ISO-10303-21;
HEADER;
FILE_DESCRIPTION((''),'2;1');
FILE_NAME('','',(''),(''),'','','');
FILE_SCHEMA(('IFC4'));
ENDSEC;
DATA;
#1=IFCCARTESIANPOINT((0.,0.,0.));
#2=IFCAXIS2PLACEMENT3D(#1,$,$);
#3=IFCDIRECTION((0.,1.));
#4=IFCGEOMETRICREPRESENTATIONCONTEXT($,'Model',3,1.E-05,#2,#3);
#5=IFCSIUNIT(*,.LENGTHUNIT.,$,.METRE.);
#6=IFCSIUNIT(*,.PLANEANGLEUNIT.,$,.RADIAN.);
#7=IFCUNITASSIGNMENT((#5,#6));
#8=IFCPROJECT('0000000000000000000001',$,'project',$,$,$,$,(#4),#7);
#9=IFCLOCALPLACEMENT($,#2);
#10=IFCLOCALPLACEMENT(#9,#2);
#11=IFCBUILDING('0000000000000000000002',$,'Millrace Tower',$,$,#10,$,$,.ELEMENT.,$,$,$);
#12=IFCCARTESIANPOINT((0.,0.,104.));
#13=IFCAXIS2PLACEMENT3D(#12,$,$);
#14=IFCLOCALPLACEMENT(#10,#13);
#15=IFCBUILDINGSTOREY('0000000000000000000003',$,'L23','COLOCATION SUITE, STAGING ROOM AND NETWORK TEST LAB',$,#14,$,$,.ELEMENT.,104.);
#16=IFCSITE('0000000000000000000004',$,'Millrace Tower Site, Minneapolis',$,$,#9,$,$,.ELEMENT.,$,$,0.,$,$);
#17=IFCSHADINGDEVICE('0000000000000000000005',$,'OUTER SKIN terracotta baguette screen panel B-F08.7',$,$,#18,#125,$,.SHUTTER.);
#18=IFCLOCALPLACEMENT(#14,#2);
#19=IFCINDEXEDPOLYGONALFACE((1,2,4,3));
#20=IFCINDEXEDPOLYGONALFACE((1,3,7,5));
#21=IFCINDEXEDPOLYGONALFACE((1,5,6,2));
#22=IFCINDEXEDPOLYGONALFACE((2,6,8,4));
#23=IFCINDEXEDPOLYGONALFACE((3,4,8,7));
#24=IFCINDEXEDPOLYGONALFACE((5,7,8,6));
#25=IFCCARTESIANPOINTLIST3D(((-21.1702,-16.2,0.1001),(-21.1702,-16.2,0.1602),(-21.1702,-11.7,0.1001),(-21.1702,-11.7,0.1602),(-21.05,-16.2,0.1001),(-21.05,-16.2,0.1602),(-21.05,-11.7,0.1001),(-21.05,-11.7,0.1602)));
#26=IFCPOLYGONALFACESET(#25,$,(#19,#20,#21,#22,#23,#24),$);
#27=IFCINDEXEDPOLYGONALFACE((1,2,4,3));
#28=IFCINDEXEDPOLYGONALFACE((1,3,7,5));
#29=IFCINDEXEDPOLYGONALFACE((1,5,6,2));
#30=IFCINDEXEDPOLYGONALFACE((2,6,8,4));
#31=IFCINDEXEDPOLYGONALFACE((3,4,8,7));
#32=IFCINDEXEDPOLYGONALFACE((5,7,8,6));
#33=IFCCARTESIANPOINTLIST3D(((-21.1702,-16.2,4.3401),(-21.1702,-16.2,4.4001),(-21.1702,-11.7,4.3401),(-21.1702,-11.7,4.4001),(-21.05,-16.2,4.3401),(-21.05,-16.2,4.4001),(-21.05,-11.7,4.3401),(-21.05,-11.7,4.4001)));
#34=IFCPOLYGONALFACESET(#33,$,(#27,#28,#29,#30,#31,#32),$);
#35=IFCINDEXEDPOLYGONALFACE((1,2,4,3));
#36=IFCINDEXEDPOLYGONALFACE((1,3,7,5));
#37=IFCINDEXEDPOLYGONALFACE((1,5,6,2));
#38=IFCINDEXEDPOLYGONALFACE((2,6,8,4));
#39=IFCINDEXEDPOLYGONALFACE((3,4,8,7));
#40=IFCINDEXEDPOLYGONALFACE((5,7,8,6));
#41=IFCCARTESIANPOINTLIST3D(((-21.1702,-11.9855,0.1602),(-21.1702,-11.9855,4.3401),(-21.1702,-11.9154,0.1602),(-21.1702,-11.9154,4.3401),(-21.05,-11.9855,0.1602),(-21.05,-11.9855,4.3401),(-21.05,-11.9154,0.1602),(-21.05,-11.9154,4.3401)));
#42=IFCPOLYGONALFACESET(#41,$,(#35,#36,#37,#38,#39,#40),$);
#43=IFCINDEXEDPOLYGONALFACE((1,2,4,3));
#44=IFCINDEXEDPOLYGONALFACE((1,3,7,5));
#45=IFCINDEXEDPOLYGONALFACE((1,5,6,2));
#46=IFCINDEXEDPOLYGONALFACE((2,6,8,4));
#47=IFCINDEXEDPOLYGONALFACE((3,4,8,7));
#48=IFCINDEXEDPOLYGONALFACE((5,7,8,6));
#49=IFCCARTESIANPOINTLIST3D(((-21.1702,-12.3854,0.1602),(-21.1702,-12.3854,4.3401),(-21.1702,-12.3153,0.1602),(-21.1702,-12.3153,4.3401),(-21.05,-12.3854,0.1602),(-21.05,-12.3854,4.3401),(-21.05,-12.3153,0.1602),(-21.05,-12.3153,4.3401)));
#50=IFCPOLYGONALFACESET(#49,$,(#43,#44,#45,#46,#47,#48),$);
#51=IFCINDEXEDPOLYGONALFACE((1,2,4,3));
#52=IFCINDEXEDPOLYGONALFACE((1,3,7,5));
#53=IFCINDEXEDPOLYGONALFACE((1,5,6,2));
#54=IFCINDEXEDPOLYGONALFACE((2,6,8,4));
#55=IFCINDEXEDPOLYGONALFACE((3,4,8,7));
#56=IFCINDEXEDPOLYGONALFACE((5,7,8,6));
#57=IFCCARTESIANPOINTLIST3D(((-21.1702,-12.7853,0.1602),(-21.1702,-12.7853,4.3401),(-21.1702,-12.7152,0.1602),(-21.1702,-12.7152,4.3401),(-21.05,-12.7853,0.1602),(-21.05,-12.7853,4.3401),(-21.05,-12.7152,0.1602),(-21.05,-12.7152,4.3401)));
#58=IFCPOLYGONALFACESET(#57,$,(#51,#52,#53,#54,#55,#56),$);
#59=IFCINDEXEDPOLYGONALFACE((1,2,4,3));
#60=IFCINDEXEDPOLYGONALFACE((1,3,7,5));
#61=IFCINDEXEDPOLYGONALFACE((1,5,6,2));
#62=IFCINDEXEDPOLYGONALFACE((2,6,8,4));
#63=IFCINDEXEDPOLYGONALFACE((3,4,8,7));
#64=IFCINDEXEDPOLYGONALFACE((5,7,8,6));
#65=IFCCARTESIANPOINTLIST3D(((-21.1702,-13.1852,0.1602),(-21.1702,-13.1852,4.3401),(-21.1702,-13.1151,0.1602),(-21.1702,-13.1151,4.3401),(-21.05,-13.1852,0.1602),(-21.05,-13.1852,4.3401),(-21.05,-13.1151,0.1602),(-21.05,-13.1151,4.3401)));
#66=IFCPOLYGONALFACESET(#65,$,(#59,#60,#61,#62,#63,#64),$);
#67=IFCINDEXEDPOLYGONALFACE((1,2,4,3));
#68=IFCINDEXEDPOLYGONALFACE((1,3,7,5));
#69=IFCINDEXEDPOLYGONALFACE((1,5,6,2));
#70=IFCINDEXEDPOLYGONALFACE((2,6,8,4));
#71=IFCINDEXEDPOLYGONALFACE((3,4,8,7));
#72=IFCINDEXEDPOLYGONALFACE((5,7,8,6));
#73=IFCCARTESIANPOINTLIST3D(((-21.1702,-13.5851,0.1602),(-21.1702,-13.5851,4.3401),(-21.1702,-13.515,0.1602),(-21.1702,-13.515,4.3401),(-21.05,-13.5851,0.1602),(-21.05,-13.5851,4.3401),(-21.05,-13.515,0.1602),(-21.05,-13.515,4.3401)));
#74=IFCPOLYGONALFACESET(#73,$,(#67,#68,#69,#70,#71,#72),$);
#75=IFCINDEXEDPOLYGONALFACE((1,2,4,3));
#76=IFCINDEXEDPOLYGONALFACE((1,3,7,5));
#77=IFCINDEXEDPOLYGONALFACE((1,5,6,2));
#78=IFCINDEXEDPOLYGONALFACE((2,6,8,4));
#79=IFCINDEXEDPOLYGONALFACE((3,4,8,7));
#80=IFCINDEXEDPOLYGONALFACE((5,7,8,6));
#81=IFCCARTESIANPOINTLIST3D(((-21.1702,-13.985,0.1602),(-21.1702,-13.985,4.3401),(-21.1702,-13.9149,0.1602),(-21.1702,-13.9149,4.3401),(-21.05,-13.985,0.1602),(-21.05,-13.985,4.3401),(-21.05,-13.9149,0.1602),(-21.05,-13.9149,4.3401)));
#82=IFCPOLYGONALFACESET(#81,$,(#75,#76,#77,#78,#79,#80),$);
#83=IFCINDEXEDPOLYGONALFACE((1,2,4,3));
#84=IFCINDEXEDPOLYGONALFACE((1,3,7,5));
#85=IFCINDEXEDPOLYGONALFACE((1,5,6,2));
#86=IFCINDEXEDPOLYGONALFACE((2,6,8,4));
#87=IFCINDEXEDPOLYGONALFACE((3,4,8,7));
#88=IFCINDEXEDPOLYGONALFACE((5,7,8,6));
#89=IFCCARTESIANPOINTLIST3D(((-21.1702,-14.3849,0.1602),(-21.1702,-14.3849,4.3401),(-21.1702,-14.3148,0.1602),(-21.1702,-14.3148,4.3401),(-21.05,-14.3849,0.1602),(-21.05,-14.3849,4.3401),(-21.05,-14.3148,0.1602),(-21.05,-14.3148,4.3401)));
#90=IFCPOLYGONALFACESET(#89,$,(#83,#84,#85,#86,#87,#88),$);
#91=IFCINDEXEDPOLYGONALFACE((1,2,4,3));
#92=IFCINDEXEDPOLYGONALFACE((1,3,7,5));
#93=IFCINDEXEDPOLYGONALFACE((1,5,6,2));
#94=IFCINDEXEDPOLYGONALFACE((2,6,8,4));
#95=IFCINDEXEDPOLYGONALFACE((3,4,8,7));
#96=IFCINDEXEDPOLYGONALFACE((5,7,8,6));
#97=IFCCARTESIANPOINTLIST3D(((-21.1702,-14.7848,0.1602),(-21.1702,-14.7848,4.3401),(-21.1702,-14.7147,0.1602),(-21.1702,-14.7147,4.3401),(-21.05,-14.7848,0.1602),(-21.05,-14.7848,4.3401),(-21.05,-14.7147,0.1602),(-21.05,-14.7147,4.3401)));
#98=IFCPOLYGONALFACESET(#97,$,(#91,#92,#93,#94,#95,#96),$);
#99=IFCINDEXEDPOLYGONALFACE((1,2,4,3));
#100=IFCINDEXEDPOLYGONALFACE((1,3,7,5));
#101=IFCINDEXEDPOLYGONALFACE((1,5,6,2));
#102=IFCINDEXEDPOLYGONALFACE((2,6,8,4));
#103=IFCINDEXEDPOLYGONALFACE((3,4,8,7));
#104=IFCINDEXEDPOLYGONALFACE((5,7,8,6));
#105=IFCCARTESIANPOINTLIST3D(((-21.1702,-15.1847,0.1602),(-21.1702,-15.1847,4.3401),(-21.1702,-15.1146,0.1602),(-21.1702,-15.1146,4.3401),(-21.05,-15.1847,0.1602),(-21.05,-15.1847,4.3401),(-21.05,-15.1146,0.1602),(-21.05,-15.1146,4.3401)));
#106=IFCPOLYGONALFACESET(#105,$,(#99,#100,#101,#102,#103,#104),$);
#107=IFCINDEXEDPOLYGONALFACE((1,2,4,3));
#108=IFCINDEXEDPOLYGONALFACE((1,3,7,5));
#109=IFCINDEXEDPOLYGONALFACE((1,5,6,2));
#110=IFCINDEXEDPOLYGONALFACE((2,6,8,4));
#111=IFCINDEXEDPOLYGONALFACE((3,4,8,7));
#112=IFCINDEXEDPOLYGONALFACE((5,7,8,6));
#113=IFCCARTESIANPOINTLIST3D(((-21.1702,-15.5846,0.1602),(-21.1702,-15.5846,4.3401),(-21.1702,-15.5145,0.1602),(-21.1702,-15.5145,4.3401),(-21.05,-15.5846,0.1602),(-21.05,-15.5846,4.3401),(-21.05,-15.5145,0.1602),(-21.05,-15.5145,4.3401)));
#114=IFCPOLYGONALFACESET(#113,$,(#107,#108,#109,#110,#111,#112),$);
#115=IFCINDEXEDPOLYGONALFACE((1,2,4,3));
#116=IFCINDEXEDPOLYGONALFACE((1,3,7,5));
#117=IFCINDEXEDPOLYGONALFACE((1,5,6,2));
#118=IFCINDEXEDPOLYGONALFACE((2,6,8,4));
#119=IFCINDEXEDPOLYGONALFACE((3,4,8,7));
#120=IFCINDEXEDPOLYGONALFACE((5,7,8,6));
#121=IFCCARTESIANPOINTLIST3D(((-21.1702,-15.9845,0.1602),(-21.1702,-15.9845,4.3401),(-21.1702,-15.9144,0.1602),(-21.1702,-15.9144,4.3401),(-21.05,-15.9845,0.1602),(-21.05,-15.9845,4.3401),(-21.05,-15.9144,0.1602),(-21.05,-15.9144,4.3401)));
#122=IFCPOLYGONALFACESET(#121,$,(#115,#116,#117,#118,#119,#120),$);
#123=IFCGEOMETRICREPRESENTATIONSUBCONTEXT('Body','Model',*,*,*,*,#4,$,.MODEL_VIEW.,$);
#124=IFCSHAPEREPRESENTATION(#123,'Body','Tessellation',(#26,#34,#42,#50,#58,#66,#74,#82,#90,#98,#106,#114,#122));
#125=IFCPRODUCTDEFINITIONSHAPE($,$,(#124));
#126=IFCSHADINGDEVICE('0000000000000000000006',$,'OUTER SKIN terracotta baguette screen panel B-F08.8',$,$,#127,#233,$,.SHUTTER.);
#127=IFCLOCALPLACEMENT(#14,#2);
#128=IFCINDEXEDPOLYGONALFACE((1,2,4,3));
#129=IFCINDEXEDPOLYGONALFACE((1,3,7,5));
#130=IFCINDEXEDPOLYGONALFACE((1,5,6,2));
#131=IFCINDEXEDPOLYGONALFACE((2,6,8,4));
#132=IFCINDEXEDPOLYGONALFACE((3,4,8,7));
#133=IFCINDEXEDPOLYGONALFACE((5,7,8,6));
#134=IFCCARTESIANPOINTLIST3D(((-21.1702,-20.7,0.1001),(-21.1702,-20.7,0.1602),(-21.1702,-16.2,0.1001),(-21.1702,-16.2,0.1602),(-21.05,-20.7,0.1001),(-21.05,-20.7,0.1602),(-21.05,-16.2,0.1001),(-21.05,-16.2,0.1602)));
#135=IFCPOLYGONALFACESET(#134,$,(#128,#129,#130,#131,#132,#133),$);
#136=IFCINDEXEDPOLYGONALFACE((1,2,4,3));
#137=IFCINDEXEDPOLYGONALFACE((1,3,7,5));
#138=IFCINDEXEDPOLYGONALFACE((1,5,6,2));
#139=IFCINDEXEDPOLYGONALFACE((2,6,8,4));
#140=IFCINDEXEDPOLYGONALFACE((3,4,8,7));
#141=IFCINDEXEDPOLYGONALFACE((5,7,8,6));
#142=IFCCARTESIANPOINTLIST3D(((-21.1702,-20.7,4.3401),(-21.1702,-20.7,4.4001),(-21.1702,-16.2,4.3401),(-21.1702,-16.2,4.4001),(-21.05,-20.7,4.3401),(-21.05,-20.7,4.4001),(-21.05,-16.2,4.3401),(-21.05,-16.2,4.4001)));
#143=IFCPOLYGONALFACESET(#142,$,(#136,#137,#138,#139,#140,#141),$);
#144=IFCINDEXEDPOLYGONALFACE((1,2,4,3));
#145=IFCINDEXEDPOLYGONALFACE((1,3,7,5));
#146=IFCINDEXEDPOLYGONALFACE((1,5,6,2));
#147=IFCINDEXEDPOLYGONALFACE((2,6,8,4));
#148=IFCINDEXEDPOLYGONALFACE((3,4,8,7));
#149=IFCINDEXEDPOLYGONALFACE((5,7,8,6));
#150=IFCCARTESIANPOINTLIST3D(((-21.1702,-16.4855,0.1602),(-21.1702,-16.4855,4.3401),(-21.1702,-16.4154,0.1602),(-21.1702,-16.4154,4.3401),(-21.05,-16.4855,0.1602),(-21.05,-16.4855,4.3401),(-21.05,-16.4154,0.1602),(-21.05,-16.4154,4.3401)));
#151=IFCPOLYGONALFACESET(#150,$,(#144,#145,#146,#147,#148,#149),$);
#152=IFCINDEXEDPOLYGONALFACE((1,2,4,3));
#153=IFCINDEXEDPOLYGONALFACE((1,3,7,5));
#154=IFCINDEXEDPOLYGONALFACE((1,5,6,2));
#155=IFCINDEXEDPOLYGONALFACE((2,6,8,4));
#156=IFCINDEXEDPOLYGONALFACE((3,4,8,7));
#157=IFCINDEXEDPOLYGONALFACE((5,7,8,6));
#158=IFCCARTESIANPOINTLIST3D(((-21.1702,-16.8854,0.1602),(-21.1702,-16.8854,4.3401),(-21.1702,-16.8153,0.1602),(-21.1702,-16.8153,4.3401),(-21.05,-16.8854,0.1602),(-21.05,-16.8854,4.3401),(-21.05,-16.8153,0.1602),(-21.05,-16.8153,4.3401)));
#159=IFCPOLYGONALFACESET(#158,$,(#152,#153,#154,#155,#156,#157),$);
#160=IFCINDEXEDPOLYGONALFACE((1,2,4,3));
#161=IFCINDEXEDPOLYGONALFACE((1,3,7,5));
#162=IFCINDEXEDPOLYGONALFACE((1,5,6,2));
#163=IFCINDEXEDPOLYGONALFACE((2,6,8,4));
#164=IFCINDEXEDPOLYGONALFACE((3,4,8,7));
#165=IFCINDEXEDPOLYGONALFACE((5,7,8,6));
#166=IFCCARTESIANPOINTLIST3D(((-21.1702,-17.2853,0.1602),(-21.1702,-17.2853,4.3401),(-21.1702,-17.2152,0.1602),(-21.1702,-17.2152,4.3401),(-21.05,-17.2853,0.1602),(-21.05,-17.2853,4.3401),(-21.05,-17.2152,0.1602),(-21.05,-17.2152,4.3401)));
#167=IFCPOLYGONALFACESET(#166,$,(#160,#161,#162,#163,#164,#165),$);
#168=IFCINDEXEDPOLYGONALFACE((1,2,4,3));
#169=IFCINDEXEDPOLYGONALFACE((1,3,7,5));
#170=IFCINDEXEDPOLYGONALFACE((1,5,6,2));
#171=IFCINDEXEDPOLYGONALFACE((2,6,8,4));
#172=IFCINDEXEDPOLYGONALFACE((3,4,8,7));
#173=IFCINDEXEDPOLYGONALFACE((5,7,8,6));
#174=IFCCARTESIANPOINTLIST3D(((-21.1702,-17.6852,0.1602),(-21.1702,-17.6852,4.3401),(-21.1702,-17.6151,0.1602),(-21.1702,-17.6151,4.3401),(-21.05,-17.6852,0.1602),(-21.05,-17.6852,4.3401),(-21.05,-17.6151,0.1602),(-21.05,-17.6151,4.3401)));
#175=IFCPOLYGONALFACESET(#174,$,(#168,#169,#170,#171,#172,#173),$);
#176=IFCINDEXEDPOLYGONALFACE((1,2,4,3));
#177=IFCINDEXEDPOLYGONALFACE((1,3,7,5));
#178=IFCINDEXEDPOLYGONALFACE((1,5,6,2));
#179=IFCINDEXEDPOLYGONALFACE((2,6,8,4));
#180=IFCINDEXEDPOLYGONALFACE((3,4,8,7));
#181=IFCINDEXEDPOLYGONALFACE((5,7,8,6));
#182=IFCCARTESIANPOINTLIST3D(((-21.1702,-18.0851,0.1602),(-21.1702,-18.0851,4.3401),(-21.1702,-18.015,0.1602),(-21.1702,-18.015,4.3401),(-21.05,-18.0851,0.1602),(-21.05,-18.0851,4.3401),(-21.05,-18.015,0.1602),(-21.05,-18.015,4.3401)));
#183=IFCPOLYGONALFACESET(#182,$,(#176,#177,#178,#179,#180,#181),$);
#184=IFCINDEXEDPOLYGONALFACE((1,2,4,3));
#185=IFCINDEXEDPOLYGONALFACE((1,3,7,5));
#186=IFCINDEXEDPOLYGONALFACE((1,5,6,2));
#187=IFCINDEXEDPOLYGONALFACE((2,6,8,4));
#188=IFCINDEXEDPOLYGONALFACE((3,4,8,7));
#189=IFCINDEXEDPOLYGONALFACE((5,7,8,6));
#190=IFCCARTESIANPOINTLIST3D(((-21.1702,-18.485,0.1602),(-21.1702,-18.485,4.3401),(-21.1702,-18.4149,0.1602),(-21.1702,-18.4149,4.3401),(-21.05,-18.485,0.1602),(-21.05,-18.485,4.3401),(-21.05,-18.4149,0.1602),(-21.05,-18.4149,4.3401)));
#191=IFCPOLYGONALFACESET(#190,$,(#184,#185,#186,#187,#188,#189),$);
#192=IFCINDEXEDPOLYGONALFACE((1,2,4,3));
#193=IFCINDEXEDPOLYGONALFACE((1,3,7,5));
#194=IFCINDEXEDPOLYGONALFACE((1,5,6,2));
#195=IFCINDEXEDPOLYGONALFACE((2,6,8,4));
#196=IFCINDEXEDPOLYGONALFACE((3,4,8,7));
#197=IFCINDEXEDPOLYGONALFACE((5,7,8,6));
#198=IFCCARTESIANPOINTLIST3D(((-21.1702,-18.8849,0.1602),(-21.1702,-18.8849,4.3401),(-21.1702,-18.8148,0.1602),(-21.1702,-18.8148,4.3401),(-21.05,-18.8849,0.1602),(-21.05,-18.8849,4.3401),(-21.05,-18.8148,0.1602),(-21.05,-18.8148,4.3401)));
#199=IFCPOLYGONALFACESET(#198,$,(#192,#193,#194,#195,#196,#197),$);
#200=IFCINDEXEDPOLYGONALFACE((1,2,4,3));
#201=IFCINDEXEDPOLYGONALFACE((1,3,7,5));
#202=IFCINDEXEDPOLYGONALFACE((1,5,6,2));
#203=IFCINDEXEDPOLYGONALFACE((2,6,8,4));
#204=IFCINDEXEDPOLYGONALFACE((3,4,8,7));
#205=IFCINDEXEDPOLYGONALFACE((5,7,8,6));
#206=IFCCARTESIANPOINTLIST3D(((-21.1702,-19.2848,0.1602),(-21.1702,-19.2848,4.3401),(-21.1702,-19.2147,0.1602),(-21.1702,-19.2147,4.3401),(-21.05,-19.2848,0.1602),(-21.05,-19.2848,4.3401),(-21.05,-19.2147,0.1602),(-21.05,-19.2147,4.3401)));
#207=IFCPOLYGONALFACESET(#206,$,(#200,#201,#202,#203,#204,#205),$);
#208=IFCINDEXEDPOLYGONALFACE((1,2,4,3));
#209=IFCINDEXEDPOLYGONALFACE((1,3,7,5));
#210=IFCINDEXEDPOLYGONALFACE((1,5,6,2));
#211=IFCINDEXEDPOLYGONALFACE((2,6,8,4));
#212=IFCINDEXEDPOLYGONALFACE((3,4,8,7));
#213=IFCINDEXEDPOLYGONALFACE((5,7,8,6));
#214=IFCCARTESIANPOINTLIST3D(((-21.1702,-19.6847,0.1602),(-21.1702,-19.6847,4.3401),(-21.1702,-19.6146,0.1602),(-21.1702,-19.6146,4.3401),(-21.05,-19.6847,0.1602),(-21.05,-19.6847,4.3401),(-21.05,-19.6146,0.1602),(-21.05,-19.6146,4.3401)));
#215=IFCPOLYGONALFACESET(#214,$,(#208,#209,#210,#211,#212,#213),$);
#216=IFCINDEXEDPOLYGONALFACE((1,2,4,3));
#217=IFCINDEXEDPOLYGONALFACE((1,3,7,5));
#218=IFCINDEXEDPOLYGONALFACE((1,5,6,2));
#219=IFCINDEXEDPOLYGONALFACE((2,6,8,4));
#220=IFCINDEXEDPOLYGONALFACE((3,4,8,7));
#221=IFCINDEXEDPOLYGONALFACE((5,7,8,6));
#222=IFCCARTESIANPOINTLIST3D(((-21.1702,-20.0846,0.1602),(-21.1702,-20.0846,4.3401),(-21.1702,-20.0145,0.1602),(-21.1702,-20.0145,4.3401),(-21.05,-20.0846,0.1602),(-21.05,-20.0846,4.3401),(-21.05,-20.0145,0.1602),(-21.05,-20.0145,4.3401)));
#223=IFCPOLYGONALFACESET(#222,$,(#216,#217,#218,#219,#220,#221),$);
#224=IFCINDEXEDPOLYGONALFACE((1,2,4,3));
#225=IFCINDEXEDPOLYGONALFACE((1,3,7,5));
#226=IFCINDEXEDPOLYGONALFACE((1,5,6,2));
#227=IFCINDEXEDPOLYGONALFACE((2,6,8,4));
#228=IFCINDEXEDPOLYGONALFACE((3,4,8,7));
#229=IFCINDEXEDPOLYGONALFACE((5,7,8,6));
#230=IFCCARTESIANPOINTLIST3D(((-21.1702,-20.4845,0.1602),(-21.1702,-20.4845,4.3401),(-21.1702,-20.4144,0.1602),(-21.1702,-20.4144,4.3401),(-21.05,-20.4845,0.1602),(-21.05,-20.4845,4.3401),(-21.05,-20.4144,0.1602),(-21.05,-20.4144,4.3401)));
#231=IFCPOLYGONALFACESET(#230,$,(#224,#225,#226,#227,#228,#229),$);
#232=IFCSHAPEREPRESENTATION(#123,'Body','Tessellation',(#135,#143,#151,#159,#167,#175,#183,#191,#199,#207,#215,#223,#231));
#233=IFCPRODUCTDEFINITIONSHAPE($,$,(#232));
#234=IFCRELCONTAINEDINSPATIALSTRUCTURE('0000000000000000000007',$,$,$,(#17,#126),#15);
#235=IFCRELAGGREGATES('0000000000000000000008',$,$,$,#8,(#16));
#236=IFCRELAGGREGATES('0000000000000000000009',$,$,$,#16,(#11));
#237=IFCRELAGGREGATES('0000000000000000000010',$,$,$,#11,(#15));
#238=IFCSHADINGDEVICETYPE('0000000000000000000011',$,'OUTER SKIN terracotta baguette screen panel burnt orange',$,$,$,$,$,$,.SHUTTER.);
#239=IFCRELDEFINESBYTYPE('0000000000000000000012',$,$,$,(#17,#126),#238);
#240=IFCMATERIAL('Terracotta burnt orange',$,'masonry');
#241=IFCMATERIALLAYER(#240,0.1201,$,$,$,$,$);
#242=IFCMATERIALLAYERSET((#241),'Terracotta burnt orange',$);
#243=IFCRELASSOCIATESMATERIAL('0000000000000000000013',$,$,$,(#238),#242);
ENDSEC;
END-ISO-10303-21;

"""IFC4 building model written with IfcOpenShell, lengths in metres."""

from ifc_helpers import new_model, entity, si_unit, direction, frame, frame_2d, origin, origin_2d, place, context, subcontext, project, spatial, rectangle, extrude, source, transform, mapped, material, layer, layer_set, type_object, element, save


model = new_model("IFC4")

# Units and contexts
model_context = context("Model", 3, precision=1e-05, world=origin(), true_north=direction((0.0, 1.0)))
body_context = subcontext(model_context, "Body", "Model", "MODEL_VIEW")
ifc_project = project(units=[si_unit("LENGTHUNIT", "METRE"), si_unit("PLANEANGLEUNIT", "RADIAN")], contexts=[model_context])

# Site, building, storey
site_placement = place(None, origin())
site = spatial("IfcSite", under=ifc_project, at=site_placement, Name="Millrace Tower Site, Minneapolis", CompositionType="ELEMENT", RefElevation=0.0)
building_placement = place(site_placement, origin())
building = spatial("IfcBuilding", under=site, at=building_placement, Name="Millrace Tower", CompositionType="ELEMENT")
storey_placement = place(building_placement, frame((0.0, 0.0, 104.0)))
storey = spatial("IfcBuildingStorey", under=building, at=storey_placement, Name="L23", Description="COLOCATION SUITE, STAGING ROOM AND NETWORK TEST LAB", CompositionType="ELEMENT", Elevation=104.0)

# Shading devices
ifc_material_1 = material(Name="Terracotta burnt orange", Category="masonry")
ifc_layer_1 = layer(ifc_material_1, 0.1201)
ifc_layer_set_1 = layer_set([ifc_layer_1], Name="Terracotta burnt orange")
shading_device_type = type_object("IfcShadingDeviceType", Name="OUTER SKIN terracotta baguette screen panel burnt orange", PredefinedType="SHUTTER", material=ifc_layer_set_1)
cartesian_point_1 = entity("IfcCartesianPoint", [-2.25, 0.0601])
shared_polyline_1 = entity("IfcPolyline", [cartesian_point_1, entity("IfcCartesianPoint", [2.25, 0.0601]), entity("IfcCartesianPoint", [2.25, -0.0601]), entity("IfcCartesianPoint", [-2.25, -0.0601]), cartesian_point_1])
shared_shape_1 = source(origin(), body_context, "Body", "SweptSolid", [
    entity("IfcExtrudedAreaSolid", entity("IfcArbitraryClosedProfileDef", "AREA", None, shared_polyline_1), entity("IfcAxis2Placement3D", entity("IfcCartesianPoint", [0.0, 0.0, 0.0])), entity("IfcDirection", [0.0, 0.0, 1.0]), 0.0601),
    entity("IfcExtrudedAreaSolid", entity("IfcArbitraryClosedProfileDef", "AREA", None, shared_polyline_1), entity("IfcAxis2Placement3D", entity("IfcCartesianPoint", [0.0, 0.0, 4.24])), entity("IfcDirection", [0.0, 0.0, 1.0]), 0.0601),
    extrude(rectangle(XDim=0.0701, YDim=0.1201, at=frame_2d((-1.9995, 0.0))), frame((0.0, 0.0, 0.0601)), (0.0, 0.0, 1.0), 4.1799),
    extrude(rectangle(XDim=0.0701, YDim=0.1201, at=frame_2d((-1.5996, 0.0))), frame((0.0, 0.0, 0.0601)), (0.0, 0.0, 1.0), 4.1799),
    extrude(rectangle(XDim=0.0701, YDim=0.1201, at=frame_2d((-1.1997, 0.0))), frame((0.0, 0.0, 0.0601)), (0.0, 0.0, 1.0), 4.1799),
    extrude(rectangle(XDim=0.0701, YDim=0.1201, at=frame_2d((-0.7998, 0.0))), frame((0.0, 0.0, 0.0601)), (0.0, 0.0, 1.0), 4.1799),
    extrude(rectangle(XDim=0.0701, YDim=0.1201, at=frame_2d((-0.3999, 0.0))), frame((0.0, 0.0, 0.0601)), (0.0, 0.0, 1.0), 4.1799),
    extrude(rectangle(XDim=0.0701, YDim=0.1201, at=origin_2d()), frame((0.0, 0.0, 0.0601)), (0.0, 0.0, 1.0), 4.1799),
    extrude(rectangle(XDim=0.0701, YDim=0.1201, at=frame_2d((0.3999, 0.0))), frame((0.0, 0.0, 0.0601)), (0.0, 0.0, 1.0), 4.1799),
    extrude(rectangle(XDim=0.0701, YDim=0.1201, at=frame_2d((0.7998, 0.0))), frame((0.0, 0.0, 0.0601)), (0.0, 0.0, 1.0), 4.1799),
    extrude(rectangle(XDim=0.0701, YDim=0.1201, at=frame_2d((1.1997, 0.0))), frame((0.0, 0.0, 0.0601)), (0.0, 0.0, 1.0), 4.1799),
    extrude(rectangle(XDim=0.0701, YDim=0.1201, at=frame_2d((1.5996, 0.0))), frame((0.0, 0.0, 0.0601)), (0.0, 0.0, 1.0), 4.1799),
    extrude(rectangle(XDim=0.0701, YDim=0.1201, at=frame_2d((1.9995, 0.0))), frame((0.0, 0.0, 0.0601)), (0.0, 0.0, 1.0), 4.1799),
])
for number, where, z_axis, x_axis, name in (
    (1, (-21.1101, -13.95, 0.1001), (0.0, 0.0, 1.0), (0.0, -1.0, 0.0), "OUTER SKIN terracotta baguette screen panel B-F08.7"),
    (2, (-21.1101, -18.45, 0.1001), (0.0, 0.0, 1.0), (0.0, -1.0, 0.0), "OUTER SKIN terracotta baguette screen panel B-F08.8"),
):
    element("IfcShadingDevice", number, at=place(storey_placement, frame(where, z_axis=z_axis, x_axis=x_axis)), inside=storey, type_object=shading_device_type, Name=name, PredefinedType="SHUTTER", context=body_context, shape_type="MappedRepresentation", body=[
        mapped(shared_shape_1, transform((0.0, 0.0, 0.0), scale=1.0)),
    ])

save(model, "model.ifc")
